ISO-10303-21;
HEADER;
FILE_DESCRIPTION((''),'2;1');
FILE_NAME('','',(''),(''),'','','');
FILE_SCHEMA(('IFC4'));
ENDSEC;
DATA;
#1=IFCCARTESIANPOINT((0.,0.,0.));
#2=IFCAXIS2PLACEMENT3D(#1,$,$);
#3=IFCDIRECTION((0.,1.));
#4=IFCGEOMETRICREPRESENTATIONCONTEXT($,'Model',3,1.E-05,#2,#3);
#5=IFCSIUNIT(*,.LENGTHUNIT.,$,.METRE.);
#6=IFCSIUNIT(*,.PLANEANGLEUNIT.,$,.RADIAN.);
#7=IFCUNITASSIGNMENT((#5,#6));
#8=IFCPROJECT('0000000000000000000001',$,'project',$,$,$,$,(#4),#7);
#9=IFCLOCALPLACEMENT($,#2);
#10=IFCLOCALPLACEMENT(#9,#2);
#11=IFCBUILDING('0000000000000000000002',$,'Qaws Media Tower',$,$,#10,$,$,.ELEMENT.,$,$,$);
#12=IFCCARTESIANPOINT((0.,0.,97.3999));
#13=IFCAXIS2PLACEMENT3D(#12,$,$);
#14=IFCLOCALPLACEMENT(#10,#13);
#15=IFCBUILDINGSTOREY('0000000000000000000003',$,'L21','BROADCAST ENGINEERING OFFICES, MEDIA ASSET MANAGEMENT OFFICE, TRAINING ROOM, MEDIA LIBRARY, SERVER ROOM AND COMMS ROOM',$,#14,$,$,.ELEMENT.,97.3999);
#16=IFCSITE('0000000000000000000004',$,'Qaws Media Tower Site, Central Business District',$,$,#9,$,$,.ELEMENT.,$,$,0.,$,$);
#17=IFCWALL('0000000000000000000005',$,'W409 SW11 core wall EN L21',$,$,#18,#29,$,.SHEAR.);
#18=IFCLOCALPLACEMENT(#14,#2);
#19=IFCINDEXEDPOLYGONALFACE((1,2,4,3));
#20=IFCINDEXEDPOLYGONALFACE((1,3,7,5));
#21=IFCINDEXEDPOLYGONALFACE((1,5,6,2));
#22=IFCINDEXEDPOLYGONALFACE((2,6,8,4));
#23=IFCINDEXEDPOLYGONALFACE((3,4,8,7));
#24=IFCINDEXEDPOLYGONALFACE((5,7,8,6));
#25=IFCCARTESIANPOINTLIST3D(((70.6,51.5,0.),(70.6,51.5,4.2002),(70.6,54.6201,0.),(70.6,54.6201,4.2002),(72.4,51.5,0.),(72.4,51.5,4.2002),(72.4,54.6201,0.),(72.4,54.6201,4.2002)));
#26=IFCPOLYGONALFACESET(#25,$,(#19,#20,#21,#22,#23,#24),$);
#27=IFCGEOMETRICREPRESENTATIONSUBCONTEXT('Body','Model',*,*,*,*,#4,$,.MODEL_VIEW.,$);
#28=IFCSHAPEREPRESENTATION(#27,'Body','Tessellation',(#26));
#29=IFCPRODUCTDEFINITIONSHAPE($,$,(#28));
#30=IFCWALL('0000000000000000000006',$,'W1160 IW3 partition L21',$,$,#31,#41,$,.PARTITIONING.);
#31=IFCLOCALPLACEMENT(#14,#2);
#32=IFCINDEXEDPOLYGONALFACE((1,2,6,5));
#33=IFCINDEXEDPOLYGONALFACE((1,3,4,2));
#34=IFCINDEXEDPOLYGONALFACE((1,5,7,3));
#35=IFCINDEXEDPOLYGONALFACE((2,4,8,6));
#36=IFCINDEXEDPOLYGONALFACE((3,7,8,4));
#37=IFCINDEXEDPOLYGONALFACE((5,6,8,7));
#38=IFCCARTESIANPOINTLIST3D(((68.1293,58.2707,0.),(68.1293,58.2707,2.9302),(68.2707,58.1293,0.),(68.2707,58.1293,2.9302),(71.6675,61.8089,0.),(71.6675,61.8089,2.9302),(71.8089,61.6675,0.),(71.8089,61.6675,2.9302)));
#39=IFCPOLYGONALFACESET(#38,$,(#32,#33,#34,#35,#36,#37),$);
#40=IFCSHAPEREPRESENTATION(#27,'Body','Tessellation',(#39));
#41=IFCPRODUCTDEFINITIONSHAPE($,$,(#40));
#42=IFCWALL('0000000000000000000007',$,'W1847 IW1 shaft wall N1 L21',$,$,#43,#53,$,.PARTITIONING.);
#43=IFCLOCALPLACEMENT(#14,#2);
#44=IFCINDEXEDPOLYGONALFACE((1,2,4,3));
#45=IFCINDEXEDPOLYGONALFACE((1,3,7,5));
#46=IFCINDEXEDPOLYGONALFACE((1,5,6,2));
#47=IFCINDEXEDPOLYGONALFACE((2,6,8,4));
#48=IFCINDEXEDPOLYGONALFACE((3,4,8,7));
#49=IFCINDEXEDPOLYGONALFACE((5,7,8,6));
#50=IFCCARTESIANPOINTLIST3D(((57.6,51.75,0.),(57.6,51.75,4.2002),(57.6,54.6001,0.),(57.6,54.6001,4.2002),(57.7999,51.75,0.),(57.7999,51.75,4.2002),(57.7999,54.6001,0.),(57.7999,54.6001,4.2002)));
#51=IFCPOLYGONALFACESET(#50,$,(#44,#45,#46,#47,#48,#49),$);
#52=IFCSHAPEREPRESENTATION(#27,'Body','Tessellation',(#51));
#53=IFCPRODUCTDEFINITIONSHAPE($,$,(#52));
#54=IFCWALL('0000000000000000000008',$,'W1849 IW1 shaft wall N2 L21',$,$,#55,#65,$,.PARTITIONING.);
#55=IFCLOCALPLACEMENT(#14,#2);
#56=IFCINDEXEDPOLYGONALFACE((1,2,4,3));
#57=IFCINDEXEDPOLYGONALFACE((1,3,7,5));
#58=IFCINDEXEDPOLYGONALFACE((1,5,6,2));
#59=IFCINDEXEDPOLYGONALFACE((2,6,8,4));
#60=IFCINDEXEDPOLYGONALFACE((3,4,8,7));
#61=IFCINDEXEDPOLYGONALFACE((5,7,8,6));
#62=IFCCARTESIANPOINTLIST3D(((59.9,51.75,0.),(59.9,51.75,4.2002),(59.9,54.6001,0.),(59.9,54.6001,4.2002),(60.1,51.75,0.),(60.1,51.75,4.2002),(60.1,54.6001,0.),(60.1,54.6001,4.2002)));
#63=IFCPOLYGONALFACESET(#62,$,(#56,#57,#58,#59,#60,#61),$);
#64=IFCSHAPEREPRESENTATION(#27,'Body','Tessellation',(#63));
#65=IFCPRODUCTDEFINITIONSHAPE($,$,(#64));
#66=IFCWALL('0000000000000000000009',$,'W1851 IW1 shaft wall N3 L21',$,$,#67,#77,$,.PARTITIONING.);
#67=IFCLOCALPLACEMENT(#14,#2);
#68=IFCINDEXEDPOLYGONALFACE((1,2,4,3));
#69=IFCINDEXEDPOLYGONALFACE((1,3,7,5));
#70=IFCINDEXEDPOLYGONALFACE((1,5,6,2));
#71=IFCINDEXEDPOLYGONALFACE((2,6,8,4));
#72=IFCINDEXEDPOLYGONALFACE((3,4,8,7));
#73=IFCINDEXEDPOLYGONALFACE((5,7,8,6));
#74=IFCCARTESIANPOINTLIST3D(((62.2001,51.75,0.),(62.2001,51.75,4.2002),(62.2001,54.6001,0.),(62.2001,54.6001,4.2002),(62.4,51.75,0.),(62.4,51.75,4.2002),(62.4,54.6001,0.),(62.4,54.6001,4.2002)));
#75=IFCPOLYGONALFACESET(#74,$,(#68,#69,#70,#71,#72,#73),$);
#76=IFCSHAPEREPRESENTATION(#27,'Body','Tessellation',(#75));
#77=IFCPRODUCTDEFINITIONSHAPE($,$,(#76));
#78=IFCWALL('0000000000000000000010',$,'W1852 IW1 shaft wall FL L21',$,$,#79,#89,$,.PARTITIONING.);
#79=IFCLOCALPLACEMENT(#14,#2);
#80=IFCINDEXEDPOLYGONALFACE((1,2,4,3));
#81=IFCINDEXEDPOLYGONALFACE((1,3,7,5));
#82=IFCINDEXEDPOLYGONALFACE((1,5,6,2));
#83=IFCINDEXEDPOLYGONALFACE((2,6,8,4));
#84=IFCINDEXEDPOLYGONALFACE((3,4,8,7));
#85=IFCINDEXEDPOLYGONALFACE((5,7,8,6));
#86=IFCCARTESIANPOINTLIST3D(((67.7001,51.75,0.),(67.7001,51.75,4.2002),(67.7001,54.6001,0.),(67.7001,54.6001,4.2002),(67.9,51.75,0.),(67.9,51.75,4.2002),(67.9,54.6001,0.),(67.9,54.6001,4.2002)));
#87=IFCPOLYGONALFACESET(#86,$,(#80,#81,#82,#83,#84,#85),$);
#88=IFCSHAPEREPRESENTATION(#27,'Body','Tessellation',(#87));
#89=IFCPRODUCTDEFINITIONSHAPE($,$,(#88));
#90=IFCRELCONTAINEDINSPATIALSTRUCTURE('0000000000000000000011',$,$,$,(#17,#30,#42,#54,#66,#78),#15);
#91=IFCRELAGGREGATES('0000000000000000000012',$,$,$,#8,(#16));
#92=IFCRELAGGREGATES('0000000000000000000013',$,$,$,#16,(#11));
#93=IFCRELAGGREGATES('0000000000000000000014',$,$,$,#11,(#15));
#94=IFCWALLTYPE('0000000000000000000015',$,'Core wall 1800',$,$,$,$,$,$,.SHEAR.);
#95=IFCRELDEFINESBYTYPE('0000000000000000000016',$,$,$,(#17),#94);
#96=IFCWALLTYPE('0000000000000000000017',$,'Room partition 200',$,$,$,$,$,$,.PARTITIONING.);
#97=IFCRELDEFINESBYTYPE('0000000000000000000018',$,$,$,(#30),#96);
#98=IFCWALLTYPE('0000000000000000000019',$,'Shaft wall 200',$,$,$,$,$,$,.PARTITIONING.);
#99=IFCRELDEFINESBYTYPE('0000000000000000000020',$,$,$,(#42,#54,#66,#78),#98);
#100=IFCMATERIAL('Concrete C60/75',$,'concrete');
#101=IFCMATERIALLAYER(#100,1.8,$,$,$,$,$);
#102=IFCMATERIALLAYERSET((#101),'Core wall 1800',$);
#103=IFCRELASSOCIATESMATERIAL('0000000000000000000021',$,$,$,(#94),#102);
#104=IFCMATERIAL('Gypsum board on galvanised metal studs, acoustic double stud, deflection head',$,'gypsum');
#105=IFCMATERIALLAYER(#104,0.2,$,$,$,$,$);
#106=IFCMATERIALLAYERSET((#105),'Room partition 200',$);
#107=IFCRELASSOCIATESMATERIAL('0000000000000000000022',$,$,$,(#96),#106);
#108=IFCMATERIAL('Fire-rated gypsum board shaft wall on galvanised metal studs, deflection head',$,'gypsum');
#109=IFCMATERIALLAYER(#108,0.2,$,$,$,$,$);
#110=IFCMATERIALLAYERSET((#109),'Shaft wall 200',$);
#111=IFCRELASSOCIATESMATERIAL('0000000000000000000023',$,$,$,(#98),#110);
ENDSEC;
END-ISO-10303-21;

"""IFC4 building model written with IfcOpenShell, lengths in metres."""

from ifc_helpers import new_model, si_unit, direction, frame, frame_2d, origin, place, context, subcontext, project, spatial, rectangle, extrude, material, layer, layer_set, type_object, element, save


model = new_model("IFC4")

# Units and contexts
model_context = context("Model", 3, precision=1e-05, world=origin(), true_north=direction((0.0, 1.0)))
body_context = subcontext(model_context, "Body", "Model", "MODEL_VIEW")
ifc_project = project(units=[si_unit("LENGTHUNIT", "METRE"), si_unit("PLANEANGLEUNIT", "RADIAN")], contexts=[model_context])

# Site, building, storey
site_placement = place(None, origin())
site = spatial("IfcSite", under=ifc_project, at=site_placement, Name="Qaws Media Tower Site, Central Business District", CompositionType="ELEMENT", RefElevation=0.0)
building_placement = place(site_placement, origin())
building = spatial("IfcBuilding", under=site, at=building_placement, Name="Qaws Media Tower", CompositionType="ELEMENT")
storey_placement = place(building_placement, frame((0.0, 0.0, 97.3999)))
storey = spatial("IfcBuildingStorey", under=building, at=storey_placement, Name="L21", Description="BROADCAST ENGINEERING OFFICES, MEDIA ASSET MANAGEMENT OFFICE, TRAINING ROOM, MEDIA LIBRARY, SERVER ROOM AND COMMS ROOM", CompositionType="ELEMENT", Elevation=97.3999)

# Walls
ifc_material_1 = material(Name="Concrete C60/75", Category="concrete")
ifc_layer_1 = layer(ifc_material_1, 1.8)
ifc_layer_set_1 = layer_set([ifc_layer_1], Name="Core wall 1800")
wall_type_1 = type_object("IfcWallType", Name="Core wall 1800", PredefinedType="SHEAR", material=ifc_layer_set_1)
wall_1_placement = place(storey_placement, frame((71.5, 51.5, 0.0), z_axis=(0.0, 0.0, 1.0), x_axis=(0.0, 1.0, 0.0)))
element("IfcWall", 1, at=wall_1_placement, inside=storey, type_object=wall_type_1, Name="W409 SW11 core wall EN L21", PredefinedType="SHEAR", context=body_context, shape_type="SweptSolid", body=[
    extrude(rectangle(XDim=3.1201, YDim=1.8, at=frame_2d((1.5601, 0.0))), origin(), (0.0, 0.0, 1.0), 4.2002),
])
ifc_material_2 = material(Name="Gypsum board on galvanised metal studs, acoustic double stud, deflection head", Category="gypsum")
ifc_layer_2 = layer(ifc_material_2, 0.2)
ifc_layer_set_2 = layer_set([ifc_layer_2], Name="Room partition 200")
wall_type_2 = type_object("IfcWallType", Name="Room partition 200", PredefinedType="PARTITIONING", material=ifc_layer_set_2)
wall_2_placement = place(storey_placement, frame((68.2, 58.2, 0.0), z_axis=(0.0, 0.0, 1.0), x_axis=(0.707107, 0.707107, 0.0)))
element("IfcWall", 2, at=wall_2_placement, inside=storey, type_object=wall_type_2, Name="W1160 IW3 partition L21", PredefinedType="PARTITIONING", context=body_context, shape_type="SweptSolid", body=[
    extrude(rectangle(XDim=5.0037, YDim=0.2, at=frame_2d((2.502, 0.0))), origin(), (0.0, 0.0, 1.0), 2.9302),
])
ifc_material_3 = material(Name="Fire-rated gypsum board shaft wall on galvanised metal studs, deflection head", Category="gypsum")
ifc_layer_3 = layer(ifc_material_3, 0.2)
ifc_layer_set_3 = layer_set([ifc_layer_3], Name="Shaft wall 200")
wall_type_3 = type_object("IfcWallType", Name="Shaft wall 200", PredefinedType="PARTITIONING", material=ifc_layer_set_3)
for number, where, z_axis, x_axis, name in (
    (3, (57.7, 51.75, 0.0), (0.0, 0.0, 1.0), (0.0, 1.0, 0.0), "W1847 IW1 shaft wall N1 L21"),
    (4, (60.0, 51.75, 0.0), (0.0, 0.0, 1.0), (0.0, 1.0, 0.0), "W1849 IW1 shaft wall N2 L21"),
    (5, (62.3, 51.75, 0.0), (0.0, 0.0, 1.0), (0.0, 1.0, 0.0), "W1851 IW1 shaft wall N3 L21"),
    (6, (67.8, 51.75, 0.0), (0.0, 0.0, 1.0), (0.0, 1.0, 0.0), "W1852 IW1 shaft wall FL L21"),
):
    element("IfcWall", number, at=place(storey_placement, frame(where, z_axis=z_axis, x_axis=x_axis)), inside=storey, type_object=wall_type_3, Name=name, PredefinedType="PARTITIONING", context=body_context, shape_type="SweptSolid", body=[
        extrude(rectangle(XDim=2.8501, YDim=0.2, at=frame_2d((1.425, 0.0))), origin(), (0.0, 0.0, 1.0), 4.2002),
    ])

save(model, "model.ifc")
